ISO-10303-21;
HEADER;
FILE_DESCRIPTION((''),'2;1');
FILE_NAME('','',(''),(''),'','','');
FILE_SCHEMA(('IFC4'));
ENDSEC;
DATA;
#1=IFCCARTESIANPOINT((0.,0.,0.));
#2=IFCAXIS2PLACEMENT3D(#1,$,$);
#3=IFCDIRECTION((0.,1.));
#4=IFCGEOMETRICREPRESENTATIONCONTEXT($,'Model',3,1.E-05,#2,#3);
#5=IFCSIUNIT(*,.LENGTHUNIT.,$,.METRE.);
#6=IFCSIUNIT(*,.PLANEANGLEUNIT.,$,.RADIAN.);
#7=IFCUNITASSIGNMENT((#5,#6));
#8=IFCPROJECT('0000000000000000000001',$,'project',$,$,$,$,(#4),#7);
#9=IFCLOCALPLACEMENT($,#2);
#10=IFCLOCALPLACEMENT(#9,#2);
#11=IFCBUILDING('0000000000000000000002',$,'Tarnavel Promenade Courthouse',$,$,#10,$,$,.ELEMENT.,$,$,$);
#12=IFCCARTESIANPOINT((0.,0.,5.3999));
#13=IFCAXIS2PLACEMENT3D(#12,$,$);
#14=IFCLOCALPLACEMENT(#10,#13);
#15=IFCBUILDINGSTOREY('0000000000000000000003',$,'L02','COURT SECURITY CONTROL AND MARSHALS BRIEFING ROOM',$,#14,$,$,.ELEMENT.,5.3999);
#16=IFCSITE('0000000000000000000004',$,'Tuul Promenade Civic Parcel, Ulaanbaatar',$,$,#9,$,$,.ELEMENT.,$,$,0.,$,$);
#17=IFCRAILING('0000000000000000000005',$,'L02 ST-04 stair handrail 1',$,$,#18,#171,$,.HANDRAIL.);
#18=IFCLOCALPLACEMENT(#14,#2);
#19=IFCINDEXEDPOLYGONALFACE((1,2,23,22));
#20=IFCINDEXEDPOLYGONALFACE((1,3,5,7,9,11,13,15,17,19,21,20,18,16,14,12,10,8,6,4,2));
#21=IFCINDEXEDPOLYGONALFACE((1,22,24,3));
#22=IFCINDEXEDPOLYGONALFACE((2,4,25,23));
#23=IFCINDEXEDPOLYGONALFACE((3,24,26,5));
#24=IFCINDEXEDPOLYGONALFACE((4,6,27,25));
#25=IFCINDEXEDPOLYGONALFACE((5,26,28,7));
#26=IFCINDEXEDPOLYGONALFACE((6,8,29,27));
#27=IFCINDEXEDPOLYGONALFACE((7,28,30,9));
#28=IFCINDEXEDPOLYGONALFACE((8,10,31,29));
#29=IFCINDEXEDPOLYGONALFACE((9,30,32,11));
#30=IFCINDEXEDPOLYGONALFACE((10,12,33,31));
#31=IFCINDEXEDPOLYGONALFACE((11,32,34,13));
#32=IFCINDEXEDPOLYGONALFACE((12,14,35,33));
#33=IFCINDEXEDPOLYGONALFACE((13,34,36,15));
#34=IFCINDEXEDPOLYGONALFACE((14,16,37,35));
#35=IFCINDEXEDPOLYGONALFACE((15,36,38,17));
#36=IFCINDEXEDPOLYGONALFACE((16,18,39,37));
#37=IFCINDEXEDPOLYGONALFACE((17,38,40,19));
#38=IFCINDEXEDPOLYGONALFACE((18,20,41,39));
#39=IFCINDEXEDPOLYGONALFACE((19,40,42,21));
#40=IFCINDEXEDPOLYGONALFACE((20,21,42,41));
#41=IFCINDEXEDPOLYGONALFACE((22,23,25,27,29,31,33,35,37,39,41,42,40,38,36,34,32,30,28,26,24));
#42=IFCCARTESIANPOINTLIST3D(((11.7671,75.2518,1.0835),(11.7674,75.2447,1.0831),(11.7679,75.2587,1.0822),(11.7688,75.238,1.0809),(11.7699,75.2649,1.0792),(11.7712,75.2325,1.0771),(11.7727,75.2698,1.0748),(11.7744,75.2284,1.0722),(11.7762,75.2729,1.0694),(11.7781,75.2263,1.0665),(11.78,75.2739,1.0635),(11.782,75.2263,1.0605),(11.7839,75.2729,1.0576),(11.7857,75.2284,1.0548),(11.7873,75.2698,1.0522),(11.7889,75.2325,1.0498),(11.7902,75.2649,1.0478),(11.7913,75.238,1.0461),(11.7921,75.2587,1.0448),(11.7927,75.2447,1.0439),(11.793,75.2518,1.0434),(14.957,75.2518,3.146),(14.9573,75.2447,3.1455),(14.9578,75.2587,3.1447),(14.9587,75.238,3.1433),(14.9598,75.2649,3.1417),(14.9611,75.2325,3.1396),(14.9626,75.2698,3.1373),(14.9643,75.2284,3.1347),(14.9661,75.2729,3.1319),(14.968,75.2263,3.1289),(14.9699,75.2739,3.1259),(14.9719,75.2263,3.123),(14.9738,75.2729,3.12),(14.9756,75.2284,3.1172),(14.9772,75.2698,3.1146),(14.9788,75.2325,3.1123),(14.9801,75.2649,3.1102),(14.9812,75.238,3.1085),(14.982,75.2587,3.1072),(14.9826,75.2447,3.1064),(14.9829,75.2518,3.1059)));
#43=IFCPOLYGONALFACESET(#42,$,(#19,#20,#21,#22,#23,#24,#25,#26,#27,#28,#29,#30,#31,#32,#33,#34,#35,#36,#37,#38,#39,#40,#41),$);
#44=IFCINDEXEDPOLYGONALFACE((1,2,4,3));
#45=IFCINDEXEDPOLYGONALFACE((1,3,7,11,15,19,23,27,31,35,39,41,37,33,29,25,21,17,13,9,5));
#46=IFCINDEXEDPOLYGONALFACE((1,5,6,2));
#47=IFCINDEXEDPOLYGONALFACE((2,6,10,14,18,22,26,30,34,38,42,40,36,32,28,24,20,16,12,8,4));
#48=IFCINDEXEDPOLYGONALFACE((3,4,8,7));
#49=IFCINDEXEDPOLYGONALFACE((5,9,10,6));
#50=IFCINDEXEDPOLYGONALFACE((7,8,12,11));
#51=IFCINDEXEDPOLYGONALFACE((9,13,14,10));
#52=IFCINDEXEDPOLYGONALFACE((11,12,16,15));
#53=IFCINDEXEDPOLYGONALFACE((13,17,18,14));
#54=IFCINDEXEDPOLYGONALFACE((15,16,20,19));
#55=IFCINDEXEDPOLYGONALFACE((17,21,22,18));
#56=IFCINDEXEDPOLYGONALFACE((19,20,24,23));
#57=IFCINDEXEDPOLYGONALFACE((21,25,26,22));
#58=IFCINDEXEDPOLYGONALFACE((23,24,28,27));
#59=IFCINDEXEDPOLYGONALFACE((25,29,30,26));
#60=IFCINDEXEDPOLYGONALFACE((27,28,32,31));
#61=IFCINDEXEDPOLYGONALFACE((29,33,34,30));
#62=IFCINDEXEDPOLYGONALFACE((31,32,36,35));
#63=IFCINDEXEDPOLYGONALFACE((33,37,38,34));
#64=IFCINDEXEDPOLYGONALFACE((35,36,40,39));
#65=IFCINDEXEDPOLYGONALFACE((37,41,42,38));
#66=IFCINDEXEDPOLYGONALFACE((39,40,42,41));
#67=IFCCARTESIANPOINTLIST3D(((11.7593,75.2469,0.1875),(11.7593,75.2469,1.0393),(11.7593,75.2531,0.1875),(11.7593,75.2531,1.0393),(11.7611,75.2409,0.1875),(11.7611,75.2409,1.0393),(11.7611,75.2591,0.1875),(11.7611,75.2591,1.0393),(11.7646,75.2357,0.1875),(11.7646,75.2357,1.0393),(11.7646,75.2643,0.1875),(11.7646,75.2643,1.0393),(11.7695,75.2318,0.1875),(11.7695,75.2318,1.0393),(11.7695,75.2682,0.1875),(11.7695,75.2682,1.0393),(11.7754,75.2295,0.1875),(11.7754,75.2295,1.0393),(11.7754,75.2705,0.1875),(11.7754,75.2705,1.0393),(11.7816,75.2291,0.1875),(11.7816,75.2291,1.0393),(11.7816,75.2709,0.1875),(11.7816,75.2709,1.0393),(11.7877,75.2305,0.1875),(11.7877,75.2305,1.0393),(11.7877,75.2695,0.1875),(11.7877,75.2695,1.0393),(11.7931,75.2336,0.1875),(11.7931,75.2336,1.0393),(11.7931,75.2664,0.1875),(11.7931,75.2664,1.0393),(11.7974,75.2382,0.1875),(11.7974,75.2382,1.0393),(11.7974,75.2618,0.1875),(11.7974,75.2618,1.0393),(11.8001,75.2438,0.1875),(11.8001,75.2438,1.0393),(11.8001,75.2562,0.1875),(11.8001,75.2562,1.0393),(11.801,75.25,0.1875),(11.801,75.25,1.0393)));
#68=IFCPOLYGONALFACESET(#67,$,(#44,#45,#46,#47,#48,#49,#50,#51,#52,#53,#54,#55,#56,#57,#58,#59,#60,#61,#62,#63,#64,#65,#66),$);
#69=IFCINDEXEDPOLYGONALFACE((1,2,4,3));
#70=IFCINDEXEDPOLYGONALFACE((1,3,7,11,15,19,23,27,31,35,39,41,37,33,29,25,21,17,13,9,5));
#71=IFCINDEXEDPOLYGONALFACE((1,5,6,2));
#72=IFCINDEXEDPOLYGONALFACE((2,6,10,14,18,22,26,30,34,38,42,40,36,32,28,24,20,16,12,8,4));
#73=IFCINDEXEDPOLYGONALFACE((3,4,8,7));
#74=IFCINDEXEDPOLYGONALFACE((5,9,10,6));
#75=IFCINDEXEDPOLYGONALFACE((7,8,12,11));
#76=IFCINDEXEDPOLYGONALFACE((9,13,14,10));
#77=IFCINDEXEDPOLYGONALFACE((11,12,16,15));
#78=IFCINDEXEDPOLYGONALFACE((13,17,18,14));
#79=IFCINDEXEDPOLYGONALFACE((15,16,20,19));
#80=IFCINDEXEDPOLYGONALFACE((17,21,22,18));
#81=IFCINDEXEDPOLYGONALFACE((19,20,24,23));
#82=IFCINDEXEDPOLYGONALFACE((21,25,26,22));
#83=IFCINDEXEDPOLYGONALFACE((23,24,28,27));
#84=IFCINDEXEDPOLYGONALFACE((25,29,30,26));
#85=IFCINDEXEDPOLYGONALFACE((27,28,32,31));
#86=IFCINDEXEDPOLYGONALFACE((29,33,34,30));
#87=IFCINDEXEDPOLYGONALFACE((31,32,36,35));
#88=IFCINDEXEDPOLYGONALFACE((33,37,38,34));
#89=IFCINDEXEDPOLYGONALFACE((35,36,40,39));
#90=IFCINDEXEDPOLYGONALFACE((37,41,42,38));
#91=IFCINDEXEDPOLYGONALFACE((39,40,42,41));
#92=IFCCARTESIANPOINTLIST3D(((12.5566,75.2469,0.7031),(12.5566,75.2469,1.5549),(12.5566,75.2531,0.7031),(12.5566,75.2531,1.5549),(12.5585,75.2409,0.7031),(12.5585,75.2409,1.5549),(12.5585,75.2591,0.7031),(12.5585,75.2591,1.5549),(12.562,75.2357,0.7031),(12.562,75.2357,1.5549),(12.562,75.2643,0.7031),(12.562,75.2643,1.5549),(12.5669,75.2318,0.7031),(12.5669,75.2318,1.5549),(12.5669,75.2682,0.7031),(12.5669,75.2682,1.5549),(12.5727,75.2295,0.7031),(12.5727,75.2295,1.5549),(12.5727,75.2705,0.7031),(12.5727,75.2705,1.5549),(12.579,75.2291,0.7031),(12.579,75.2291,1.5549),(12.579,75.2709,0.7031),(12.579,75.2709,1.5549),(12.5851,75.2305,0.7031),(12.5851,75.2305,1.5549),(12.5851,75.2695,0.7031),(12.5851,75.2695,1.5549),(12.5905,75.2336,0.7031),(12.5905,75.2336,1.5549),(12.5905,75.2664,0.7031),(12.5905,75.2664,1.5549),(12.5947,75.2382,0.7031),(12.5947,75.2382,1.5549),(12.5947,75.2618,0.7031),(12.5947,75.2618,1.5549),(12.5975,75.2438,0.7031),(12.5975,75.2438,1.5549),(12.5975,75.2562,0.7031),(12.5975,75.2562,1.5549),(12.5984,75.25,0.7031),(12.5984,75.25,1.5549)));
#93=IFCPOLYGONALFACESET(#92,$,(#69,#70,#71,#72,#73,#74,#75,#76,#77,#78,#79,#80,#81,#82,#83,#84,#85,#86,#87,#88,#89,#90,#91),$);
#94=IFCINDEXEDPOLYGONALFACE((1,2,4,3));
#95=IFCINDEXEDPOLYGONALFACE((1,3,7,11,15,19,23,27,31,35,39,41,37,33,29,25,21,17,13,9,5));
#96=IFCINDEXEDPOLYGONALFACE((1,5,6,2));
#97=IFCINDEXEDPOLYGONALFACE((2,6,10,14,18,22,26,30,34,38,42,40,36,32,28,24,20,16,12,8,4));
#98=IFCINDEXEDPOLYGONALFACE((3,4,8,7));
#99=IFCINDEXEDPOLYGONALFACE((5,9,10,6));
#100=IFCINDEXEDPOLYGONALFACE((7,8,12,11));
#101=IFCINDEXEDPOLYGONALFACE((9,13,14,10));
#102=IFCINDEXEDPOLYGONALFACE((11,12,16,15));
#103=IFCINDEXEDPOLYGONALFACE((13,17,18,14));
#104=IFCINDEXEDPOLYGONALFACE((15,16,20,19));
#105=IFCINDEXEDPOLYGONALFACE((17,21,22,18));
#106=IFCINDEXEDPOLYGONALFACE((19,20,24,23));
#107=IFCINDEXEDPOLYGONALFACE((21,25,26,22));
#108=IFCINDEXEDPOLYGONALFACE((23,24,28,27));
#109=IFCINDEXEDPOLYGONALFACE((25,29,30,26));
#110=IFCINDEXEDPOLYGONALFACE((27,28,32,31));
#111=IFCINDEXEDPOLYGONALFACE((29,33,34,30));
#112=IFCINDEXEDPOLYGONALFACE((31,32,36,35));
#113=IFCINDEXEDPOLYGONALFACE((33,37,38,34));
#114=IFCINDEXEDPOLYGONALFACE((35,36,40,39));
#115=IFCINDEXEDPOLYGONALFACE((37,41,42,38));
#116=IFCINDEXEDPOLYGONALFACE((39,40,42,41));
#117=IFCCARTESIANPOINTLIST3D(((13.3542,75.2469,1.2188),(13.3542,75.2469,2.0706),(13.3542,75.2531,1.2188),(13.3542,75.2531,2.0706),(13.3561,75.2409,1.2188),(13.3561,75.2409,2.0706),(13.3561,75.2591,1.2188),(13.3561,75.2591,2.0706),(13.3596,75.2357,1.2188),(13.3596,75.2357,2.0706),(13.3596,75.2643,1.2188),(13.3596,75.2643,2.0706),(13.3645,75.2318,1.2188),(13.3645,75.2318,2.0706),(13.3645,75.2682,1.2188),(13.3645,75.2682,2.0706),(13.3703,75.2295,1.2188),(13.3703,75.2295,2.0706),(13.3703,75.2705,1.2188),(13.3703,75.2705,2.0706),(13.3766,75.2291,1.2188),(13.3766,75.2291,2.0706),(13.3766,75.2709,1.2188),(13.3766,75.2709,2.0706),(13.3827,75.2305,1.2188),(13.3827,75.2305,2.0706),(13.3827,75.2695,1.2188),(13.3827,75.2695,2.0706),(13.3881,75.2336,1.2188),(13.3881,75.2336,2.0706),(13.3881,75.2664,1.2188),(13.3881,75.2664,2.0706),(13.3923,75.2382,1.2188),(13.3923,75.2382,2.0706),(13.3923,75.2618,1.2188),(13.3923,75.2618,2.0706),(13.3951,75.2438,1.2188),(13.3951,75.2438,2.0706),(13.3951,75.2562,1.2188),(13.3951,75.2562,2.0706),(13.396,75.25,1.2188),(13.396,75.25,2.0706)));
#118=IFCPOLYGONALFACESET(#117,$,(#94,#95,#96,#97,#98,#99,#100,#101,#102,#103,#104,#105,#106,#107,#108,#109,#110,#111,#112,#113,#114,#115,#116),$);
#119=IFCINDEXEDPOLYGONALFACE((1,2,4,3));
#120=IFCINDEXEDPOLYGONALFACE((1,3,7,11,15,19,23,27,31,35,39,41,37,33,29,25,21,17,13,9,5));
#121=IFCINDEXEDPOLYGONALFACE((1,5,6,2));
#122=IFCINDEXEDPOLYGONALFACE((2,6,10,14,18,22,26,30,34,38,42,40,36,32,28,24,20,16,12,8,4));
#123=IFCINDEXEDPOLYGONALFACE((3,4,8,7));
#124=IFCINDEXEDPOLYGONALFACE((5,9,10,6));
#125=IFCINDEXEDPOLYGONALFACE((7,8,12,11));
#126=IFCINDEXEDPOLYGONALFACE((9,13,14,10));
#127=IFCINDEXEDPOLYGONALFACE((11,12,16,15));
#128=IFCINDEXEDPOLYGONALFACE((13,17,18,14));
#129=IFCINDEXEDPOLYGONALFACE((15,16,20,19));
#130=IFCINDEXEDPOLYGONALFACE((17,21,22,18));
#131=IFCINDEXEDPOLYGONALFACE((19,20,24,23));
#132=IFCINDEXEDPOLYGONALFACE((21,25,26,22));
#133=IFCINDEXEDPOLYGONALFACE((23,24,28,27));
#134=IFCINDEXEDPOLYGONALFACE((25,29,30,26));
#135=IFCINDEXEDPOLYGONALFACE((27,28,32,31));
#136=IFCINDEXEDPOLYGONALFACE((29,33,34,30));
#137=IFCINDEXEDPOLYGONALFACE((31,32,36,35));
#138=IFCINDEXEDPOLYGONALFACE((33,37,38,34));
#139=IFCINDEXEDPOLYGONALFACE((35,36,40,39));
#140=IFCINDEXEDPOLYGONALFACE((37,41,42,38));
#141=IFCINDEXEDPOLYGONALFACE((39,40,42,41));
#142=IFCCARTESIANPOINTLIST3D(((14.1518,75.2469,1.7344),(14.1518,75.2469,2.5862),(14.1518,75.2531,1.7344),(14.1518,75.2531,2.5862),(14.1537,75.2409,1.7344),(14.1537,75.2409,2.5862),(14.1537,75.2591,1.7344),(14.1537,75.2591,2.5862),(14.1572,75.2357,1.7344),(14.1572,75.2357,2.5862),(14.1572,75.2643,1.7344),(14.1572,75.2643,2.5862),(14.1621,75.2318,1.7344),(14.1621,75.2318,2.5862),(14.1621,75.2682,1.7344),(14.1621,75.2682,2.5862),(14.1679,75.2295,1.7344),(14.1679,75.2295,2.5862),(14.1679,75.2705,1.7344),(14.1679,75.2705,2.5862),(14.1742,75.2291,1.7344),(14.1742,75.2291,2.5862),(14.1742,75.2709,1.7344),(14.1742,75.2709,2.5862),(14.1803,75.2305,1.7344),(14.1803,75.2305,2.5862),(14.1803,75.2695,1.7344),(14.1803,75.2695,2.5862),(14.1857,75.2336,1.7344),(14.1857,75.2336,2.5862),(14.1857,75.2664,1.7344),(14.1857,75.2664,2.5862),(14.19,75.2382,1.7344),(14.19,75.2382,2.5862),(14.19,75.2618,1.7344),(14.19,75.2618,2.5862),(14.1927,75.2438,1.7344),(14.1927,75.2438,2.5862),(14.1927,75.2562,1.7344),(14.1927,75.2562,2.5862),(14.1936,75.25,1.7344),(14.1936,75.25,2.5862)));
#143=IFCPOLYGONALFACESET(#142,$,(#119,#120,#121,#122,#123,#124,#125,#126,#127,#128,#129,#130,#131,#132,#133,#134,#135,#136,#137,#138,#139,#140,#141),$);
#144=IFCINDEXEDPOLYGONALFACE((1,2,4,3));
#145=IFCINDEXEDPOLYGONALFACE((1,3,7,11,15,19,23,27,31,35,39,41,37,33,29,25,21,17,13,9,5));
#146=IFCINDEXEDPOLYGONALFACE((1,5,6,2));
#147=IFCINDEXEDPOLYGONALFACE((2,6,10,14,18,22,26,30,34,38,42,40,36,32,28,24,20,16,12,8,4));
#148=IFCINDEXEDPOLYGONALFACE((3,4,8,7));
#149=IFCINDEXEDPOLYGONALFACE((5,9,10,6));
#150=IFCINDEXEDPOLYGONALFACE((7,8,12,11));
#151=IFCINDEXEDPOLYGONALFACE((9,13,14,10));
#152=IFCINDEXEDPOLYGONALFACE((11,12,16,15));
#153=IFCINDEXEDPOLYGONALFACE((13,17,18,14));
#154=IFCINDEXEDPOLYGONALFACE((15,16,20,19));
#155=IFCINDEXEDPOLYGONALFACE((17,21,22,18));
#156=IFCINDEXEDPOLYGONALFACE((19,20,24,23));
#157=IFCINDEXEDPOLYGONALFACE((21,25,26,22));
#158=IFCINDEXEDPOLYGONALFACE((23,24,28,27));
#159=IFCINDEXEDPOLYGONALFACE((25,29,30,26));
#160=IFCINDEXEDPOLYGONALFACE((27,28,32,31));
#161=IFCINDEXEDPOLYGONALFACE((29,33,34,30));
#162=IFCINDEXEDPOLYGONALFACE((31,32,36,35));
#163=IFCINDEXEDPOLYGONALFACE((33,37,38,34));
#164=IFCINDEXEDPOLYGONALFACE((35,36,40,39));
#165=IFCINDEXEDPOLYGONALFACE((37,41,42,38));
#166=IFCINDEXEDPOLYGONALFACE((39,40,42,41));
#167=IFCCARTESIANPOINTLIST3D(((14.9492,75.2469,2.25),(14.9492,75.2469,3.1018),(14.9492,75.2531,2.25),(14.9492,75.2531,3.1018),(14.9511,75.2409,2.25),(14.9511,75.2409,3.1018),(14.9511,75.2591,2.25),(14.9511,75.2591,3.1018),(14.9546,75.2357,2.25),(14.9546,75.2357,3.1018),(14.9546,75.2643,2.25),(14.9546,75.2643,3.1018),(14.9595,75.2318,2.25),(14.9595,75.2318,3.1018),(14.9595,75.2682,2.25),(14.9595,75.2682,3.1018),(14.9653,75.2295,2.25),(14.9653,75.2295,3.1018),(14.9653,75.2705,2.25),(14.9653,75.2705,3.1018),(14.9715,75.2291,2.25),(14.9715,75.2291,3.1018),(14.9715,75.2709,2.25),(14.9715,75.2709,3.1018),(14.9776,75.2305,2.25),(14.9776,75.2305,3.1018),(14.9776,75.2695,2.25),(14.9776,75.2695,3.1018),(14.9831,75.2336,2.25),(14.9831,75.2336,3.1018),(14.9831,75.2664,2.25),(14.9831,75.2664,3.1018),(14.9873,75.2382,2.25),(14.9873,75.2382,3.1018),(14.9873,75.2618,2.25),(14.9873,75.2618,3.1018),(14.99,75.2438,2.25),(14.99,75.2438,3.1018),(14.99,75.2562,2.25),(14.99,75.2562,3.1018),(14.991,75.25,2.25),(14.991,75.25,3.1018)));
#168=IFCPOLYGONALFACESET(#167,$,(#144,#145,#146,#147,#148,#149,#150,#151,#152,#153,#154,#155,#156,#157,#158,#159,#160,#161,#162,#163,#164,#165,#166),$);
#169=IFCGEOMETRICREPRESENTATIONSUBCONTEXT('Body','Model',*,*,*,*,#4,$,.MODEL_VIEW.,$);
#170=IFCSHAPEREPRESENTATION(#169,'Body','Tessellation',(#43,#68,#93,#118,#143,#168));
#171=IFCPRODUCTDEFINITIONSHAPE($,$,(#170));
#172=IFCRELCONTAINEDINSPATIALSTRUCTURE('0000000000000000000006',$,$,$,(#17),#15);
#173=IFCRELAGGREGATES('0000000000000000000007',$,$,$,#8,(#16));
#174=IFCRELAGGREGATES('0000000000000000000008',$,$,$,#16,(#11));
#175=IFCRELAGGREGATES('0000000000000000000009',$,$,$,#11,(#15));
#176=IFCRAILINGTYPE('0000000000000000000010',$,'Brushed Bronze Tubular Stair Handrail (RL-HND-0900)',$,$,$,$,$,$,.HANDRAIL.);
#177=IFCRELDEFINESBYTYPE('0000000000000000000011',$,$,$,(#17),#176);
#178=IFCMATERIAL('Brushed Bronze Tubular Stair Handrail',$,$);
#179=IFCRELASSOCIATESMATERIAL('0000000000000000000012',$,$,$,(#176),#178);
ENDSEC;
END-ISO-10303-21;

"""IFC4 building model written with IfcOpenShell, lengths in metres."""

from ifc_helpers import new_model, si_unit, direction, frame, origin, origin_2d, place, context, subcontext, project, spatial, circle, extrude, material, type_object, element, save


model = new_model("IFC4")

# Units and contexts
model_context = context("Model", 3, precision=1e-05, world=origin(), true_north=direction((0.0, 1.0)))
body_context = subcontext(model_context, "Body", "Model", "MODEL_VIEW")
ifc_project = project(units=[si_unit("LENGTHUNIT", "METRE"), si_unit("PLANEANGLEUNIT", "RADIAN")], contexts=[model_context])

# Site, building, storey
site_placement = place(None, origin())
site = spatial("IfcSite", under=ifc_project, at=site_placement, Name="Tuul Promenade Civic Parcel, Ulaanbaatar", CompositionType="ELEMENT", RefElevation=0.0)
building_placement = place(site_placement, origin())
building = spatial("IfcBuilding", under=site, at=building_placement, Name="Tarnavel Promenade Courthouse", CompositionType="ELEMENT")
storey_placement = place(building_placement, frame((0.0, 0.0, 5.3999)))
storey = spatial("IfcBuildingStorey", under=building, at=storey_placement, Name="L02", Description="COURT SECURITY CONTROL AND MARSHALS BRIEFING ROOM", CompositionType="ELEMENT", Elevation=5.3999)

# Railing
ifc_material_1 = material(Name="Brushed Bronze Tubular Stair Handrail")
railing_type_1 = type_object("IfcRailingType", Name="Brushed Bronze Tubular Stair Handrail (RL-HND-0900)", PredefinedType="HANDRAIL", material=ifc_material_1)
railing_1_placement = place(storey_placement, frame((11.78, 75.25, 0.1875)))
element("IfcRailing", 1, at=railing_1_placement, inside=storey, type_object=railing_type_1, Name="L02 ST-04 stair handrail 1", PredefinedType="HANDRAIL", context=body_context, shape_type="SweptSolid", body=[
    extrude(circle(Radius=0.0239, at=origin_2d()), frame((0.0, 0.0, 0.876), z_axis=(0.83976, 0.0, 0.542958), x_axis=(0.0, 1.0, 0.0)), (0.0, 0.0, 1.0), 3.7986),
    extrude(circle(Radius=0.021, at=origin_2d()), origin(), (0.0, 0.0, 1.0), 0.8518),
    extrude(circle(Radius=0.021, at=origin_2d()), frame((0.7974, 0.0, 0.5156)), (0.0, 0.0, 1.0), 0.8518),
    extrude(circle(Radius=0.021, at=origin_2d()), frame((1.595, 0.0, 1.0312)), (0.0, 0.0, 1.0), 0.8518),
    extrude(circle(Radius=0.021, at=origin_2d()), frame((2.3926, 0.0, 1.5469)), (0.0, 0.0, 1.0), 0.8518),
    extrude(circle(Radius=0.021, at=origin_2d()), frame((3.1899, 0.0, 2.0625)), (0.0, 0.0, 1.0), 0.8518),
])

save(model, "model.ifc")
